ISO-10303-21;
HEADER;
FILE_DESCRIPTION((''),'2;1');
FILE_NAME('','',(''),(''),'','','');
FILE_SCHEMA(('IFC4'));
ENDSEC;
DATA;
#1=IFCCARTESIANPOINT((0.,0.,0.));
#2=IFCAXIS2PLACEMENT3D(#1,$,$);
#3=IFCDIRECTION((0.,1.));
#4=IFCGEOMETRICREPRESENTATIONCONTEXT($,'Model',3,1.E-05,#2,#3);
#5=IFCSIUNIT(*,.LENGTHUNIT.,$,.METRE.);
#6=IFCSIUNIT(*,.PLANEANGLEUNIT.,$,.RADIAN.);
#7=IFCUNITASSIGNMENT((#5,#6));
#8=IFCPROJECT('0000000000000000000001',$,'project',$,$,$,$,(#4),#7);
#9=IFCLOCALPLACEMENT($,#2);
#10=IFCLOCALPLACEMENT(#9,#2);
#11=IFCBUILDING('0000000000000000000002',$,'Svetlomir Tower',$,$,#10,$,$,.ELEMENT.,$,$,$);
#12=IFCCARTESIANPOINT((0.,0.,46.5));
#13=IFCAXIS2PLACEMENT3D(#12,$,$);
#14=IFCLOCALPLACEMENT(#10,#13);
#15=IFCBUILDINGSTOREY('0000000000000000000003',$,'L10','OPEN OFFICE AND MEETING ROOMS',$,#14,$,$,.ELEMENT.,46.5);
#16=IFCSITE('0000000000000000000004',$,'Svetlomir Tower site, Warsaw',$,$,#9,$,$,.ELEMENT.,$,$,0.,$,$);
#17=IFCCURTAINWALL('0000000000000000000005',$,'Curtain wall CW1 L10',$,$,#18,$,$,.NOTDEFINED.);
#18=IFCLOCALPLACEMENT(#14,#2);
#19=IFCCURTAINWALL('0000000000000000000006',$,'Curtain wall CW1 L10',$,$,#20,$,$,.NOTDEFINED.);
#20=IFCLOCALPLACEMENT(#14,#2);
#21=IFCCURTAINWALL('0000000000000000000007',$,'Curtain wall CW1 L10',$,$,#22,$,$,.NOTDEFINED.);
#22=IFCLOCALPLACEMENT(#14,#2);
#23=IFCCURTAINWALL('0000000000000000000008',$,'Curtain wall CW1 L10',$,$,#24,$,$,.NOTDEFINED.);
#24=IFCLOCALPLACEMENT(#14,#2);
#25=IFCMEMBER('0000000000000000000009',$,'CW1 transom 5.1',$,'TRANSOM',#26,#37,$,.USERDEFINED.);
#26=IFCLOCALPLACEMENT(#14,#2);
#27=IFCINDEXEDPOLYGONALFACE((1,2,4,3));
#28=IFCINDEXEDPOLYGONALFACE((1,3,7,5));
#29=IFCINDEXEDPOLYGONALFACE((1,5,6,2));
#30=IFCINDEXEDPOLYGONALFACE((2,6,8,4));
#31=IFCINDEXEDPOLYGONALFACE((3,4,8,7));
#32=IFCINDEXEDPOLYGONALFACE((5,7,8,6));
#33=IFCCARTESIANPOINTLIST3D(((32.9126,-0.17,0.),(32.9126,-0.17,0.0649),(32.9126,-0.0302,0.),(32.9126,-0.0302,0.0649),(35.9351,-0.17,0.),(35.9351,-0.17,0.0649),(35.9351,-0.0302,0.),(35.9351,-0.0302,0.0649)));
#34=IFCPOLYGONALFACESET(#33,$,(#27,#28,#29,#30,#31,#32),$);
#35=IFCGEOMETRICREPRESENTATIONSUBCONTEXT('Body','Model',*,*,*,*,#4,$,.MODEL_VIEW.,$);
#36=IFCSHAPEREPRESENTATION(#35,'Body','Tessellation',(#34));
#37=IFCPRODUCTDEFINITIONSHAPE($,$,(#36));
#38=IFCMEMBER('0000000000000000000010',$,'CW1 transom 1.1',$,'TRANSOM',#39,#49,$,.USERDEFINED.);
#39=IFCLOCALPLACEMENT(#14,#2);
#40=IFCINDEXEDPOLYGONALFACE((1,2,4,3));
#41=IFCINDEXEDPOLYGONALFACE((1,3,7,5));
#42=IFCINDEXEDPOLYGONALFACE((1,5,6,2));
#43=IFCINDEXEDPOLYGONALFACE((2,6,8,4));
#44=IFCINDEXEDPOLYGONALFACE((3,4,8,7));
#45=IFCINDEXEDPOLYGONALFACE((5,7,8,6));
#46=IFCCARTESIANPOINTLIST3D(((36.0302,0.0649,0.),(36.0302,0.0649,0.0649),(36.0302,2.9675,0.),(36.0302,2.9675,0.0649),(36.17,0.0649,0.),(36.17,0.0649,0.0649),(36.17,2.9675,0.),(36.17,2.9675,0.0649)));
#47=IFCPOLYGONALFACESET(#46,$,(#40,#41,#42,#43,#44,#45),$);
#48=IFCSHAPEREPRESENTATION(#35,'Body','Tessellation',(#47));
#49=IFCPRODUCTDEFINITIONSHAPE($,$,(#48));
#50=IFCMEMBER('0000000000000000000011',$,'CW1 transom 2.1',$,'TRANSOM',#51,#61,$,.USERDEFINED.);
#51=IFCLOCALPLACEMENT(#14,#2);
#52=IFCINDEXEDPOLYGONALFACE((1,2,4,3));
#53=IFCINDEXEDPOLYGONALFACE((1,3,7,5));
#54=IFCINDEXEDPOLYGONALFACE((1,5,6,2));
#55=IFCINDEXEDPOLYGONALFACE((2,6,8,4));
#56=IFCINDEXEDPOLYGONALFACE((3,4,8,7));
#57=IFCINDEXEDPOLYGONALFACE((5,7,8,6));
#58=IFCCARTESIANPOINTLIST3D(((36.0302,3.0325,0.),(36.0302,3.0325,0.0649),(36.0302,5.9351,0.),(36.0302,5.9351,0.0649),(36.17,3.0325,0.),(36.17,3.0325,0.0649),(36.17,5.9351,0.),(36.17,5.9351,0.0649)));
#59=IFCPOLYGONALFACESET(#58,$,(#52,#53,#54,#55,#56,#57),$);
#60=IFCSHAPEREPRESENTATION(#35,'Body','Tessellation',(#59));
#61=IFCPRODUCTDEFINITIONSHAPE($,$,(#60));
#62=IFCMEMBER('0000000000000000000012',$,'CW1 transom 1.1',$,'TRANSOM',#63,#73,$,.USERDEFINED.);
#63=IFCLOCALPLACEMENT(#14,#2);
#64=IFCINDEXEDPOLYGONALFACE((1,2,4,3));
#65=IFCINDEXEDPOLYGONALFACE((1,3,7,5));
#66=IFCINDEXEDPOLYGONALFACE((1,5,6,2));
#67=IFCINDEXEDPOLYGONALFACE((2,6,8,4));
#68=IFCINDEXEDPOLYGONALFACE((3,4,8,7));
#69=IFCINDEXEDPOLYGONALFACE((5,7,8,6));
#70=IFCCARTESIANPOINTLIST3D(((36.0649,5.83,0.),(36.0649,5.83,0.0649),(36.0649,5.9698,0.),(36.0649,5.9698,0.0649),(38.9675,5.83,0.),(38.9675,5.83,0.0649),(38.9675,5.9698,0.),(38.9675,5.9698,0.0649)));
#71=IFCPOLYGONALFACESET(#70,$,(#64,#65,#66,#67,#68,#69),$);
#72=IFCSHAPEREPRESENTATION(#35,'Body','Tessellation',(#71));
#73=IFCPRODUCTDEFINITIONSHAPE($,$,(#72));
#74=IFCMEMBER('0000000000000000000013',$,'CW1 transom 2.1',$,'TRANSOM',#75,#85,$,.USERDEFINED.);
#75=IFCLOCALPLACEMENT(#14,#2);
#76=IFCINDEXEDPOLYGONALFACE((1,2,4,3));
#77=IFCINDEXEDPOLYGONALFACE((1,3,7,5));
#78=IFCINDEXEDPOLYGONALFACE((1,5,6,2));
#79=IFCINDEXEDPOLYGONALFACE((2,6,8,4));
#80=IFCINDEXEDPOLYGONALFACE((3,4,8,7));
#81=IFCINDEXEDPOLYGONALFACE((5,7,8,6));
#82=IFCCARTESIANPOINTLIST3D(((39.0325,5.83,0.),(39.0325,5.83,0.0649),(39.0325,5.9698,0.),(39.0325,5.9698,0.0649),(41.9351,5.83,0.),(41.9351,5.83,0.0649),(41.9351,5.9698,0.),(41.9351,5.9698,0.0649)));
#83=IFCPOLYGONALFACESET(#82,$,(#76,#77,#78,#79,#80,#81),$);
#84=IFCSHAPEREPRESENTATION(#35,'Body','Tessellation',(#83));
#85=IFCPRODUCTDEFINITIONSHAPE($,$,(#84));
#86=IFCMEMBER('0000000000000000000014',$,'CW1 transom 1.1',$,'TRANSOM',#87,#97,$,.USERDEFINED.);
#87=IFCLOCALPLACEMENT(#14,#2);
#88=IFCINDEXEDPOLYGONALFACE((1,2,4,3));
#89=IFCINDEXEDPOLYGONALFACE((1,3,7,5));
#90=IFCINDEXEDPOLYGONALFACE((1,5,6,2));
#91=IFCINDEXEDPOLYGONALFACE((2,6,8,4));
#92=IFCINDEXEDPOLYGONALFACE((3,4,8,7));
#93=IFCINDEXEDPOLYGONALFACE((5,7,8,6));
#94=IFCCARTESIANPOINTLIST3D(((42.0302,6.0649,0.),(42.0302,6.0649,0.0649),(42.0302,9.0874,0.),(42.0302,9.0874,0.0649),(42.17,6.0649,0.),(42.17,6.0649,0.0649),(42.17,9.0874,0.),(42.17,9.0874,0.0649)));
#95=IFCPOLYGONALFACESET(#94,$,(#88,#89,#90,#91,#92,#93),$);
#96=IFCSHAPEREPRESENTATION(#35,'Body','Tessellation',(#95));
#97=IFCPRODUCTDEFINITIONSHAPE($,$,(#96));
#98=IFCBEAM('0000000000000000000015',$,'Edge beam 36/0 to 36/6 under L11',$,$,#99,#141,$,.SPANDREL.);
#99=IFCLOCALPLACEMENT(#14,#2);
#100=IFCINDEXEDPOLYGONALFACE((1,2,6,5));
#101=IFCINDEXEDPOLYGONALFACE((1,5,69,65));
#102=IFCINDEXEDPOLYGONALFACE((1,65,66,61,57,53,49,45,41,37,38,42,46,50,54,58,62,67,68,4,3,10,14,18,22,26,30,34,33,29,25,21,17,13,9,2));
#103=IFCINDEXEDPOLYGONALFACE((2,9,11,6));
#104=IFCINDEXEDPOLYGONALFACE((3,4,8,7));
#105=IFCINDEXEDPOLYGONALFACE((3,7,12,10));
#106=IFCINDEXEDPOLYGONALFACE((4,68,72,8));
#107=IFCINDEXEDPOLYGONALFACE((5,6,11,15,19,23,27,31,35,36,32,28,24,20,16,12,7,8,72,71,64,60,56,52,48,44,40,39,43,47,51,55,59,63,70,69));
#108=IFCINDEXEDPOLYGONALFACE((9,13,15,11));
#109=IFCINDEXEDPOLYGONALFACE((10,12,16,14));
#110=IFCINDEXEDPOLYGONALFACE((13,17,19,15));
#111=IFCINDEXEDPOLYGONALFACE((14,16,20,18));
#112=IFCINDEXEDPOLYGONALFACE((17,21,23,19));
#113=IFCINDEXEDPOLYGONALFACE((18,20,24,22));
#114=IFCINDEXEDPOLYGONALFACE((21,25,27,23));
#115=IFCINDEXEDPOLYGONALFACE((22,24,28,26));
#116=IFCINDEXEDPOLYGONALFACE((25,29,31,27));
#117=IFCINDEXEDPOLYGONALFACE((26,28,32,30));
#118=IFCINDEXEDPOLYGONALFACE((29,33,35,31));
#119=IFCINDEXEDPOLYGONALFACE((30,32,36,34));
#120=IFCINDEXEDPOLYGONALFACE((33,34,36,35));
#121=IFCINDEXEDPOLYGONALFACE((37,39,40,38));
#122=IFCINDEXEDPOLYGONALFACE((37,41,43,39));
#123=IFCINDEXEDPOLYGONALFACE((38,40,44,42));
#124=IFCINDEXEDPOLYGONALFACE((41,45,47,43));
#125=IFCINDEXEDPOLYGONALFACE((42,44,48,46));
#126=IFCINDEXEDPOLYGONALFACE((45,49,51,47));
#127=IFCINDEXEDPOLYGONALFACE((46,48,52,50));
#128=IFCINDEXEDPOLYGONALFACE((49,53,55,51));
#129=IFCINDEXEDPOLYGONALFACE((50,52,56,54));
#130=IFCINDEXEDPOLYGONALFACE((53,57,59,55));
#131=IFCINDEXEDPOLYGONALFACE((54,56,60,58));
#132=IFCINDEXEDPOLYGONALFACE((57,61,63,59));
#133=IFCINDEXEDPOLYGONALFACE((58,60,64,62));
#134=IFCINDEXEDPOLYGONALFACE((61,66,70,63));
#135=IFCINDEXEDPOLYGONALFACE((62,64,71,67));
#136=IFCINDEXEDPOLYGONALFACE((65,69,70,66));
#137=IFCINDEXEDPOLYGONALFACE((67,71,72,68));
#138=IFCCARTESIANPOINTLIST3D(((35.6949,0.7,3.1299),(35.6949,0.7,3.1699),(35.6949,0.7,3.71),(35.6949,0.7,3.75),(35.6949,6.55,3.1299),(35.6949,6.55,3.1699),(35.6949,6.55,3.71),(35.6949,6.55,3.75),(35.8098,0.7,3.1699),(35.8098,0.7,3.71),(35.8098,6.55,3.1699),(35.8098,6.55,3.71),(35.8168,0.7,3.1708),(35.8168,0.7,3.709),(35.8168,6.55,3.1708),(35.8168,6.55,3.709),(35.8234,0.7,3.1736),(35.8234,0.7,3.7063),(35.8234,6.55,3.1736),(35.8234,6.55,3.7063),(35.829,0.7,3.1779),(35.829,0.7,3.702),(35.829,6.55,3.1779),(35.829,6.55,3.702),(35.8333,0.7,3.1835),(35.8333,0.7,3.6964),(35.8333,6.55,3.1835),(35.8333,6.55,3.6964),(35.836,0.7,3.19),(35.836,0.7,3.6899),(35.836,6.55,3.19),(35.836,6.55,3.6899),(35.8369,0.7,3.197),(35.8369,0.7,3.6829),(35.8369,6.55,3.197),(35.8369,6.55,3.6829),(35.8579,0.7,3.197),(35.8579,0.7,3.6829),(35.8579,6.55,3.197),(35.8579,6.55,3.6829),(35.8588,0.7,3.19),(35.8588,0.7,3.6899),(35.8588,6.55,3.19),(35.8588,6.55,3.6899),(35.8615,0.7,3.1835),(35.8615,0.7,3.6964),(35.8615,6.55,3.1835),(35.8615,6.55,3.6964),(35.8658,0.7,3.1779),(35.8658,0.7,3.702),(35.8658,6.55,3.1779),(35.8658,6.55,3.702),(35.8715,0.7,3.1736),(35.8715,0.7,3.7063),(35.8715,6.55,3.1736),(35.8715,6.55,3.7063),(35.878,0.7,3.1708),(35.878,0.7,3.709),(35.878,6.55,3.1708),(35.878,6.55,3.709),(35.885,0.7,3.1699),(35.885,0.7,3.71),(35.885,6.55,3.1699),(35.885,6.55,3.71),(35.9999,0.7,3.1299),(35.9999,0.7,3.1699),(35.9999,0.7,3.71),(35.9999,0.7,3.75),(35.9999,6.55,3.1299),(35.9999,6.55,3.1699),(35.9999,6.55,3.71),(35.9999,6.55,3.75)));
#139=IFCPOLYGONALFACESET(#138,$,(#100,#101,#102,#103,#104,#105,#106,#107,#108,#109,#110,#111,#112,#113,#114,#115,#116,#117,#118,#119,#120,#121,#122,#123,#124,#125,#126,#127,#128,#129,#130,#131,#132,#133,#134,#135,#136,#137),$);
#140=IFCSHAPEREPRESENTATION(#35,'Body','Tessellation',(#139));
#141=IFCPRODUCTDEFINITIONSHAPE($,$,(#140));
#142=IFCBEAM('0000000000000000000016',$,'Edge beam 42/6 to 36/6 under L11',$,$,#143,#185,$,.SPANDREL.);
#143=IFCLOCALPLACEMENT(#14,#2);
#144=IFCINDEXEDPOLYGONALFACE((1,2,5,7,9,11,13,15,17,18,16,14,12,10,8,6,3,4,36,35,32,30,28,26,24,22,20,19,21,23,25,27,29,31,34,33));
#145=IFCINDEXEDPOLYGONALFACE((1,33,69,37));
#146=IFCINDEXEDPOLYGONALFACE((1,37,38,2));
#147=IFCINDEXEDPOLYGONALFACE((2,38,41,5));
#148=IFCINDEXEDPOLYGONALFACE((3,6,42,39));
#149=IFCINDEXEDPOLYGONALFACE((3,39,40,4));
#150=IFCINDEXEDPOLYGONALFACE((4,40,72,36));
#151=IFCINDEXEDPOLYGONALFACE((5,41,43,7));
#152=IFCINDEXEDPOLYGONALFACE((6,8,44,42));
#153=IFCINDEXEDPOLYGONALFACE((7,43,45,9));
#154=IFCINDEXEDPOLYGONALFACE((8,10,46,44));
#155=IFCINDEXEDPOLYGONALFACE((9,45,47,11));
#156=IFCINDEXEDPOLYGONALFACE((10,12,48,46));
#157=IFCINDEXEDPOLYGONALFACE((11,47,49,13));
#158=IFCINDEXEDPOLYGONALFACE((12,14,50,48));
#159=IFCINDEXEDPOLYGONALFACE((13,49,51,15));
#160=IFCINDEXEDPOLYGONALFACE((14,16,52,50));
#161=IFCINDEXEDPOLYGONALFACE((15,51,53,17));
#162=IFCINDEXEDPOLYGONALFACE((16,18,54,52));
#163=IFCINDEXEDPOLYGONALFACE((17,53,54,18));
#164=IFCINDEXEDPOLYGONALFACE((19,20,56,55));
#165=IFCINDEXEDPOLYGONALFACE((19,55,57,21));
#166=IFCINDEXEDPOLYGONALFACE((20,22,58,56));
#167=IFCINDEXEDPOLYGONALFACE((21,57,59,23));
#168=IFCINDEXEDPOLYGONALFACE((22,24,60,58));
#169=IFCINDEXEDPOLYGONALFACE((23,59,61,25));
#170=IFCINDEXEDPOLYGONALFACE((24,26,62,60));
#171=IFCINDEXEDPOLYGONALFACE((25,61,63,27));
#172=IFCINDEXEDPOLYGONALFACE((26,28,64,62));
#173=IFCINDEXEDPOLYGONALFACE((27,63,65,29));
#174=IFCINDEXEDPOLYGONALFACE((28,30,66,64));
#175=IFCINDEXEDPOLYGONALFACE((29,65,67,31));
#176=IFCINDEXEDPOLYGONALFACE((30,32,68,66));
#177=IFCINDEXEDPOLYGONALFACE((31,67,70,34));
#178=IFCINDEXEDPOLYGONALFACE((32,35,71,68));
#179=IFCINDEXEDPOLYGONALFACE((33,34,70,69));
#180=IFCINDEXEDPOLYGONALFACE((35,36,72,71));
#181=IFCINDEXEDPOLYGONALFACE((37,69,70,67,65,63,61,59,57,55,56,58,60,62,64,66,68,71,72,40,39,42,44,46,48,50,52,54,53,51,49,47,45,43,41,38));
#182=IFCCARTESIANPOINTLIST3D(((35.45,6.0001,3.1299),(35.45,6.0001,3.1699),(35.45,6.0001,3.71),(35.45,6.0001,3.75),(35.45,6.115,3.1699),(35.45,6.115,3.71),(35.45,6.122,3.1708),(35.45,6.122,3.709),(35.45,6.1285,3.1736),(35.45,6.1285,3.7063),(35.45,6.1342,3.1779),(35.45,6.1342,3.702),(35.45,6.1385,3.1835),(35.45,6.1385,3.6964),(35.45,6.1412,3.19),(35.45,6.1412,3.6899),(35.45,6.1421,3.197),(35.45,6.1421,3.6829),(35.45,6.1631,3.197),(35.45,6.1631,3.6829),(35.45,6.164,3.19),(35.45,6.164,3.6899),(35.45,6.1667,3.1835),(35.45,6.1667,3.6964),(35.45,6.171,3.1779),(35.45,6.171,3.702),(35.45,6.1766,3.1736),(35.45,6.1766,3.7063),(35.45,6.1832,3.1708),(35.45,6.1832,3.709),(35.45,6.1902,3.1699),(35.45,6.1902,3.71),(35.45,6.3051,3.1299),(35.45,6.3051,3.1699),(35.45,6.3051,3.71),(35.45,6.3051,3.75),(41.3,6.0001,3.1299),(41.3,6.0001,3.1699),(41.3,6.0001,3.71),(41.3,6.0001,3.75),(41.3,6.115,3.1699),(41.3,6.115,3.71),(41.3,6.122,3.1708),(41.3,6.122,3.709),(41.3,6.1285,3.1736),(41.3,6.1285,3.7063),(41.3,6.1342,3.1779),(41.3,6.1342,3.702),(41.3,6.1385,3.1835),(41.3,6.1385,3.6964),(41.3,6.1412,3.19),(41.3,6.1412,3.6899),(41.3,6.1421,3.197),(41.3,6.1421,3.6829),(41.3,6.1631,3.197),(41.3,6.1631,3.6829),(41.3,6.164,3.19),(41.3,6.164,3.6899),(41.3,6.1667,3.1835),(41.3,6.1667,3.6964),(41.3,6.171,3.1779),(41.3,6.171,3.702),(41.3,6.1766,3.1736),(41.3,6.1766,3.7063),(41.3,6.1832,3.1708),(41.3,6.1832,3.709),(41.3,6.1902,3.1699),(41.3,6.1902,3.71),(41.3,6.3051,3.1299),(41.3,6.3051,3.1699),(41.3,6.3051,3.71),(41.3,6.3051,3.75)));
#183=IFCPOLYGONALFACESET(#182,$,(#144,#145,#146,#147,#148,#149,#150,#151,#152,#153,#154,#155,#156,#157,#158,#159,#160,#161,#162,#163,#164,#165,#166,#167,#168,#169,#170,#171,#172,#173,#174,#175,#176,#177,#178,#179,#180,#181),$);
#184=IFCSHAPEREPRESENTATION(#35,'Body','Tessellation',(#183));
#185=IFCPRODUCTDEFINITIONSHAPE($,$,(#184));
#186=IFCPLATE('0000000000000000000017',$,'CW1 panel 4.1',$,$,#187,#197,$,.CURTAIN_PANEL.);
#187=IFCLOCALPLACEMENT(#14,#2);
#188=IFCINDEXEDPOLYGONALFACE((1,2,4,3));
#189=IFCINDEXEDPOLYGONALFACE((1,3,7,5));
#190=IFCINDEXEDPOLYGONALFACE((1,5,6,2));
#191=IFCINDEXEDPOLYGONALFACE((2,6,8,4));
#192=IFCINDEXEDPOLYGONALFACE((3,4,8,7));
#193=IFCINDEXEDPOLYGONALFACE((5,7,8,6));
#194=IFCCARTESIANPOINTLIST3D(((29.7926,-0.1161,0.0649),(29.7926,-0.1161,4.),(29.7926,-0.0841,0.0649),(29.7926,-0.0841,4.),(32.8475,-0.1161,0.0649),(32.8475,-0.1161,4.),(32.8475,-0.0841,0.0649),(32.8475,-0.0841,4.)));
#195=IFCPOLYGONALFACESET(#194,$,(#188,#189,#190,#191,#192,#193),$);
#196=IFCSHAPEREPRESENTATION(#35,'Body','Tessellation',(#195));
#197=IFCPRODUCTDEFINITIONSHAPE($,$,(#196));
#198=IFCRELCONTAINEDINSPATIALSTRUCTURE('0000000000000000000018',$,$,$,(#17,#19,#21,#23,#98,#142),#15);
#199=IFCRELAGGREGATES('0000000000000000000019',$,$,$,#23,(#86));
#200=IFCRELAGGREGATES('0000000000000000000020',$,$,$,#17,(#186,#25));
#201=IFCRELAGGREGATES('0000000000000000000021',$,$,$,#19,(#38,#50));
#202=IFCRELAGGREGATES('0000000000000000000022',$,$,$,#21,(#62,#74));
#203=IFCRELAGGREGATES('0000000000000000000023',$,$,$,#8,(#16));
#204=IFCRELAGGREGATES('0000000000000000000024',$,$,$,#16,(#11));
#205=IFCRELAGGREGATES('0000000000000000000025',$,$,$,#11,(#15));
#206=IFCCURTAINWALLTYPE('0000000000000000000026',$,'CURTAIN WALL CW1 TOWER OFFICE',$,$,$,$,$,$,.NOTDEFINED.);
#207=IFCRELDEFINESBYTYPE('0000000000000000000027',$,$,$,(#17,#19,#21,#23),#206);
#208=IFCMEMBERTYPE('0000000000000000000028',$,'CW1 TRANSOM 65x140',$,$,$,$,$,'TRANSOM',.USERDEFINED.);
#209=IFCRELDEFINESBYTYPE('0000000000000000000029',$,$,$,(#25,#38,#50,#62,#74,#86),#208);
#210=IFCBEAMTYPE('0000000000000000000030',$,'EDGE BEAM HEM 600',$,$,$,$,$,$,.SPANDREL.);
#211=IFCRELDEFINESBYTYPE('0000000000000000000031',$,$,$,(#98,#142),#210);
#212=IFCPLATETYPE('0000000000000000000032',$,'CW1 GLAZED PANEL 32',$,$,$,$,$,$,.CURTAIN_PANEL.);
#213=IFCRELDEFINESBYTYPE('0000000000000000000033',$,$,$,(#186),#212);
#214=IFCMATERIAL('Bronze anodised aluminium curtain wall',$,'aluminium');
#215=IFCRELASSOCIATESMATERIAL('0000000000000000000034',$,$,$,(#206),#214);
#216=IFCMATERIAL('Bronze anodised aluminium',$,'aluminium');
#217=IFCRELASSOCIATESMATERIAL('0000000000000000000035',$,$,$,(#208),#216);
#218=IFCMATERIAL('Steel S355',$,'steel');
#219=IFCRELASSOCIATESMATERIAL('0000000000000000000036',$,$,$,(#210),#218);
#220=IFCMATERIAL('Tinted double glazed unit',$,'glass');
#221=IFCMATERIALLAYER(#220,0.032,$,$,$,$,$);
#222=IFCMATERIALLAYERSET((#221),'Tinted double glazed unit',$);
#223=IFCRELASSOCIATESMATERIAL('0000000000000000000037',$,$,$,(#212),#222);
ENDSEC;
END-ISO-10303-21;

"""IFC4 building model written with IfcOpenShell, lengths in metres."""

from ifc_helpers import new_model, si_unit, direction, frame, origin, origin_2d, place, context, subcontext, project, spatial, rectangle, i_section, extrude, material, layer, layer_set, material_profile, profile_set, type_object, element, aggregate, save


model = new_model("IFC4")

# Units and contexts
model_context = context("Model", 3, precision=1e-05, world=origin(), true_north=direction((0.0, 1.0)))
body_context = subcontext(model_context, "Body", "Model", "MODEL_VIEW")
ifc_project = project(units=[si_unit("LENGTHUNIT", "METRE"), si_unit("PLANEANGLEUNIT", "RADIAN")], contexts=[model_context])

# Site, building, storey
site_placement = place(None, origin())
site = spatial("IfcSite", under=ifc_project, at=site_placement, Name="Svetlomir Tower site, Warsaw", CompositionType="ELEMENT", RefElevation=0.0)
building_placement = place(site_placement, origin())
building = spatial("IfcBuilding", under=site, at=building_placement, Name="Svetlomir Tower", CompositionType="ELEMENT")
storey_placement = place(building_placement, frame((0.0, 0.0, 46.5)))
storey = spatial("IfcBuildingStorey", under=building, at=storey_placement, Name="L10", Description="OPEN OFFICE AND MEETING ROOMS", CompositionType="ELEMENT", Elevation=46.5)

# Curtain walls
ifc_material_1 = material(Name="Bronze anodised aluminium curtain wall", Category="aluminium")
curtain_wall_type = type_object("IfcCurtainWallType", Name="CURTAIN WALL CW1 TOWER OFFICE", PredefinedType="NOTDEFINED", material=ifc_material_1)
curtain_wall_1_placement = place(storey_placement, origin())
curtain_wall_1 = element("IfcCurtainWall", 1, at=curtain_wall_1_placement, inside=storey, type_object=curtain_wall_type, Name="Curtain wall CW1 L10", PredefinedType="NOTDEFINED")
curtain_wall_2_placement = place(storey_placement, origin())
curtain_wall_2 = element("IfcCurtainWall", 2, at=curtain_wall_2_placement, inside=storey, type_object=curtain_wall_type, Name="Curtain wall CW1 L10", PredefinedType="NOTDEFINED")
curtain_wall_3_placement = place(storey_placement, origin())
curtain_wall_3 = element("IfcCurtainWall", 3, at=curtain_wall_3_placement, inside=storey, type_object=curtain_wall_type, Name="Curtain wall CW1 L10", PredefinedType="NOTDEFINED")

# Curtain wall
curtain_wall_4_placement = place(storey_placement, origin())
curtain_wall_4 = element("IfcCurtainWall", 4, at=curtain_wall_4_placement, inside=storey, type_object=curtain_wall_type, Name="Curtain wall CW1 L10", PredefinedType="NOTDEFINED")

# Members
ifc_material_2 = material(Name="Bronze anodised aluminium", Category="aluminium")
ifc_material_profile_1 = material_profile(ifc_material_2, rectangle(XDim=0.1399, YDim=0.0649, at=origin_2d()), Name="AL 140x65")
ifc_profile_set_1 = profile_set([ifc_material_profile_1], Name="Bronze anodised aluminium 6063-T6")
member_type_1 = type_object("IfcMemberType", Name="CW1 TRANSOM 65x140", ElementType="TRANSOM", PredefinedType="USERDEFINED", material=ifc_profile_set_1)
member_1_placement = place(storey_placement, frame((32.9126, -0.1001, 0.0325), z_axis=(1.0, 0.0, 0.0), x_axis=(0.0, 1.0, 0.0)))
member_1 = element("IfcMember", 5, at=member_1_placement, type_object=member_type_1, Name="CW1 transom 5.1", ObjectType="TRANSOM", PredefinedType="USERDEFINED", context=body_context, shape_type="SweptSolid", body=[
    extrude(rectangle(XDim=0.1399, YDim=0.0649, at=origin_2d()), origin(), (0.0, 0.0, 1.0), 3.0225),
])
member_2_placement = place(storey_placement, frame((36.1001, 0.0649, 0.0325), z_axis=(0.0, 1.0, 0.0), x_axis=(-1.0, 0.0, 0.0)))
member_2 = element("IfcMember", 6, at=member_2_placement, type_object=member_type_1, Name="CW1 transom 1.1", ObjectType="TRANSOM", PredefinedType="USERDEFINED", context=body_context, shape_type="SweptSolid", body=[
    extrude(rectangle(XDim=0.1399, YDim=0.0649, at=origin_2d()), origin(), (0.0, 0.0, 1.0), 2.9026),
])
member_3_placement = place(storey_placement, frame((36.1001, 3.0325, 0.0325), z_axis=(0.0, 1.0, 0.0), x_axis=(-1.0, 0.0, 0.0)))
member_3 = element("IfcMember", 7, at=member_3_placement, type_object=member_type_1, Name="CW1 transom 2.1", ObjectType="TRANSOM", PredefinedType="USERDEFINED", context=body_context, shape_type="SweptSolid", body=[
    extrude(rectangle(XDim=0.1399, YDim=0.0649, at=origin_2d()), origin(), (0.0, 0.0, 1.0), 2.9026),
])
member_4_placement = place(storey_placement, frame((36.0649, 5.8999, 0.0325), z_axis=(1.0, 0.0, 0.0), x_axis=(0.0, 1.0, 0.0)))
member_4 = element("IfcMember", 8, at=member_4_placement, type_object=member_type_1, Name="CW1 transom 1.1", ObjectType="TRANSOM", PredefinedType="USERDEFINED", context=body_context, shape_type="SweptSolid", body=[
    extrude(rectangle(XDim=0.1399, YDim=0.0649, at=origin_2d()), origin(), (0.0, 0.0, 1.0), 2.9026),
])
member_5_placement = place(storey_placement, frame((39.0325, 5.8999, 0.0325), z_axis=(1.0, 0.0, 0.0), x_axis=(0.0, 1.0, 0.0)))
member_5 = element("IfcMember", 9, at=member_5_placement, type_object=member_type_1, Name="CW1 transom 2.1", ObjectType="TRANSOM", PredefinedType="USERDEFINED", context=body_context, shape_type="SweptSolid", body=[
    extrude(rectangle(XDim=0.1399, YDim=0.0649, at=origin_2d()), origin(), (0.0, 0.0, 1.0), 2.9026),
])
member_6_placement = place(storey_placement, frame((42.1001, 6.0649, 0.0325), z_axis=(0.0, 1.0, 0.0), x_axis=(-1.0, 0.0, 0.0)))
member_6 = element("IfcMember", 10, at=member_6_placement, type_object=member_type_1, Name="CW1 transom 1.1", ObjectType="TRANSOM", PredefinedType="USERDEFINED", context=body_context, shape_type="SweptSolid", body=[
    extrude(rectangle(XDim=0.1399, YDim=0.0649, at=origin_2d()), origin(), (0.0, 0.0, 1.0), 3.0225),
])
aggregate(curtain_wall_4, [member_6])

# Beams
ifc_material_3 = material(Name="Steel S355", Category="steel")
ifc_material_profile_2 = material_profile(ifc_material_3, i_section(OverallWidth=0.3049, OverallDepth=0.6201, WebThickness=0.021, FlangeThickness=0.04, FilletRadius=0.0271, at=origin_2d()), Name="HEM 600")
ifc_profile_set_2 = profile_set([ifc_material_profile_2], Name="Steel S355")
beam_type = type_object("IfcBeamType", Name="EDGE BEAM HEM 600", PredefinedType="SPANDREL", material=ifc_profile_set_2)
for number, where, z_axis, x_axis, name in (
    (11, (35.8474, 0.7, 3.4399), (0.0, 1.0, 0.0), (-1.0, 0.0, 0.0), "Edge beam 36/0 to 36/6 under L11"),
    (12, (41.3, 6.1526, 3.4399), (-1.0, 0.0, 0.0), (0.0, -1.0, 0.0), "Edge beam 42/6 to 36/6 under L11"),
):
    element("IfcBeam", number, at=place(storey_placement, frame(where, z_axis=z_axis, x_axis=x_axis)), inside=storey, type_object=beam_type, Name=name, PredefinedType="SPANDREL", context=body_context, shape_type="SweptSolid", body=[
        extrude(i_section(OverallWidth=0.3049, OverallDepth=0.6201, WebThickness=0.021, FlangeThickness=0.04, FilletRadius=0.0271, at=origin_2d()), origin(), (0.0, 0.0, 1.0), 5.8501),
    ])

# Plate
ifc_material_4 = material(Name="Tinted double glazed unit", Category="glass")
ifc_layer = layer(ifc_material_4, 0.032)
ifc_layer_set = layer_set([ifc_layer], Name="Tinted double glazed unit")
plate_type = type_object("IfcPlateType", Name="CW1 GLAZED PANEL 32", PredefinedType="CURTAIN_PANEL", material=ifc_layer_set)
plate_1_placement = place(storey_placement, frame((31.3201, -0.1001, 0.0649), z_axis=(0.0, 0.0, 1.0), x_axis=(1.0, 0.0, 0.0)))
plate_1 = element("IfcPlate", 13, at=plate_1_placement, type_object=plate_type, Name="CW1 panel 4.1", PredefinedType="CURTAIN_PANEL", context=body_context, shape_type="SweptSolid", body=[
    extrude(rectangle(XDim=3.0549, YDim=0.032, at=origin_2d()), origin(), (0.0, 0.0, 1.0), 3.9351),
])
aggregate(curtain_wall_1, [plate_1, member_1])
aggregate(curtain_wall_2, [member_2, member_3])
aggregate(curtain_wall_3, [member_4, member_5])

save(model, "model.ifc")
